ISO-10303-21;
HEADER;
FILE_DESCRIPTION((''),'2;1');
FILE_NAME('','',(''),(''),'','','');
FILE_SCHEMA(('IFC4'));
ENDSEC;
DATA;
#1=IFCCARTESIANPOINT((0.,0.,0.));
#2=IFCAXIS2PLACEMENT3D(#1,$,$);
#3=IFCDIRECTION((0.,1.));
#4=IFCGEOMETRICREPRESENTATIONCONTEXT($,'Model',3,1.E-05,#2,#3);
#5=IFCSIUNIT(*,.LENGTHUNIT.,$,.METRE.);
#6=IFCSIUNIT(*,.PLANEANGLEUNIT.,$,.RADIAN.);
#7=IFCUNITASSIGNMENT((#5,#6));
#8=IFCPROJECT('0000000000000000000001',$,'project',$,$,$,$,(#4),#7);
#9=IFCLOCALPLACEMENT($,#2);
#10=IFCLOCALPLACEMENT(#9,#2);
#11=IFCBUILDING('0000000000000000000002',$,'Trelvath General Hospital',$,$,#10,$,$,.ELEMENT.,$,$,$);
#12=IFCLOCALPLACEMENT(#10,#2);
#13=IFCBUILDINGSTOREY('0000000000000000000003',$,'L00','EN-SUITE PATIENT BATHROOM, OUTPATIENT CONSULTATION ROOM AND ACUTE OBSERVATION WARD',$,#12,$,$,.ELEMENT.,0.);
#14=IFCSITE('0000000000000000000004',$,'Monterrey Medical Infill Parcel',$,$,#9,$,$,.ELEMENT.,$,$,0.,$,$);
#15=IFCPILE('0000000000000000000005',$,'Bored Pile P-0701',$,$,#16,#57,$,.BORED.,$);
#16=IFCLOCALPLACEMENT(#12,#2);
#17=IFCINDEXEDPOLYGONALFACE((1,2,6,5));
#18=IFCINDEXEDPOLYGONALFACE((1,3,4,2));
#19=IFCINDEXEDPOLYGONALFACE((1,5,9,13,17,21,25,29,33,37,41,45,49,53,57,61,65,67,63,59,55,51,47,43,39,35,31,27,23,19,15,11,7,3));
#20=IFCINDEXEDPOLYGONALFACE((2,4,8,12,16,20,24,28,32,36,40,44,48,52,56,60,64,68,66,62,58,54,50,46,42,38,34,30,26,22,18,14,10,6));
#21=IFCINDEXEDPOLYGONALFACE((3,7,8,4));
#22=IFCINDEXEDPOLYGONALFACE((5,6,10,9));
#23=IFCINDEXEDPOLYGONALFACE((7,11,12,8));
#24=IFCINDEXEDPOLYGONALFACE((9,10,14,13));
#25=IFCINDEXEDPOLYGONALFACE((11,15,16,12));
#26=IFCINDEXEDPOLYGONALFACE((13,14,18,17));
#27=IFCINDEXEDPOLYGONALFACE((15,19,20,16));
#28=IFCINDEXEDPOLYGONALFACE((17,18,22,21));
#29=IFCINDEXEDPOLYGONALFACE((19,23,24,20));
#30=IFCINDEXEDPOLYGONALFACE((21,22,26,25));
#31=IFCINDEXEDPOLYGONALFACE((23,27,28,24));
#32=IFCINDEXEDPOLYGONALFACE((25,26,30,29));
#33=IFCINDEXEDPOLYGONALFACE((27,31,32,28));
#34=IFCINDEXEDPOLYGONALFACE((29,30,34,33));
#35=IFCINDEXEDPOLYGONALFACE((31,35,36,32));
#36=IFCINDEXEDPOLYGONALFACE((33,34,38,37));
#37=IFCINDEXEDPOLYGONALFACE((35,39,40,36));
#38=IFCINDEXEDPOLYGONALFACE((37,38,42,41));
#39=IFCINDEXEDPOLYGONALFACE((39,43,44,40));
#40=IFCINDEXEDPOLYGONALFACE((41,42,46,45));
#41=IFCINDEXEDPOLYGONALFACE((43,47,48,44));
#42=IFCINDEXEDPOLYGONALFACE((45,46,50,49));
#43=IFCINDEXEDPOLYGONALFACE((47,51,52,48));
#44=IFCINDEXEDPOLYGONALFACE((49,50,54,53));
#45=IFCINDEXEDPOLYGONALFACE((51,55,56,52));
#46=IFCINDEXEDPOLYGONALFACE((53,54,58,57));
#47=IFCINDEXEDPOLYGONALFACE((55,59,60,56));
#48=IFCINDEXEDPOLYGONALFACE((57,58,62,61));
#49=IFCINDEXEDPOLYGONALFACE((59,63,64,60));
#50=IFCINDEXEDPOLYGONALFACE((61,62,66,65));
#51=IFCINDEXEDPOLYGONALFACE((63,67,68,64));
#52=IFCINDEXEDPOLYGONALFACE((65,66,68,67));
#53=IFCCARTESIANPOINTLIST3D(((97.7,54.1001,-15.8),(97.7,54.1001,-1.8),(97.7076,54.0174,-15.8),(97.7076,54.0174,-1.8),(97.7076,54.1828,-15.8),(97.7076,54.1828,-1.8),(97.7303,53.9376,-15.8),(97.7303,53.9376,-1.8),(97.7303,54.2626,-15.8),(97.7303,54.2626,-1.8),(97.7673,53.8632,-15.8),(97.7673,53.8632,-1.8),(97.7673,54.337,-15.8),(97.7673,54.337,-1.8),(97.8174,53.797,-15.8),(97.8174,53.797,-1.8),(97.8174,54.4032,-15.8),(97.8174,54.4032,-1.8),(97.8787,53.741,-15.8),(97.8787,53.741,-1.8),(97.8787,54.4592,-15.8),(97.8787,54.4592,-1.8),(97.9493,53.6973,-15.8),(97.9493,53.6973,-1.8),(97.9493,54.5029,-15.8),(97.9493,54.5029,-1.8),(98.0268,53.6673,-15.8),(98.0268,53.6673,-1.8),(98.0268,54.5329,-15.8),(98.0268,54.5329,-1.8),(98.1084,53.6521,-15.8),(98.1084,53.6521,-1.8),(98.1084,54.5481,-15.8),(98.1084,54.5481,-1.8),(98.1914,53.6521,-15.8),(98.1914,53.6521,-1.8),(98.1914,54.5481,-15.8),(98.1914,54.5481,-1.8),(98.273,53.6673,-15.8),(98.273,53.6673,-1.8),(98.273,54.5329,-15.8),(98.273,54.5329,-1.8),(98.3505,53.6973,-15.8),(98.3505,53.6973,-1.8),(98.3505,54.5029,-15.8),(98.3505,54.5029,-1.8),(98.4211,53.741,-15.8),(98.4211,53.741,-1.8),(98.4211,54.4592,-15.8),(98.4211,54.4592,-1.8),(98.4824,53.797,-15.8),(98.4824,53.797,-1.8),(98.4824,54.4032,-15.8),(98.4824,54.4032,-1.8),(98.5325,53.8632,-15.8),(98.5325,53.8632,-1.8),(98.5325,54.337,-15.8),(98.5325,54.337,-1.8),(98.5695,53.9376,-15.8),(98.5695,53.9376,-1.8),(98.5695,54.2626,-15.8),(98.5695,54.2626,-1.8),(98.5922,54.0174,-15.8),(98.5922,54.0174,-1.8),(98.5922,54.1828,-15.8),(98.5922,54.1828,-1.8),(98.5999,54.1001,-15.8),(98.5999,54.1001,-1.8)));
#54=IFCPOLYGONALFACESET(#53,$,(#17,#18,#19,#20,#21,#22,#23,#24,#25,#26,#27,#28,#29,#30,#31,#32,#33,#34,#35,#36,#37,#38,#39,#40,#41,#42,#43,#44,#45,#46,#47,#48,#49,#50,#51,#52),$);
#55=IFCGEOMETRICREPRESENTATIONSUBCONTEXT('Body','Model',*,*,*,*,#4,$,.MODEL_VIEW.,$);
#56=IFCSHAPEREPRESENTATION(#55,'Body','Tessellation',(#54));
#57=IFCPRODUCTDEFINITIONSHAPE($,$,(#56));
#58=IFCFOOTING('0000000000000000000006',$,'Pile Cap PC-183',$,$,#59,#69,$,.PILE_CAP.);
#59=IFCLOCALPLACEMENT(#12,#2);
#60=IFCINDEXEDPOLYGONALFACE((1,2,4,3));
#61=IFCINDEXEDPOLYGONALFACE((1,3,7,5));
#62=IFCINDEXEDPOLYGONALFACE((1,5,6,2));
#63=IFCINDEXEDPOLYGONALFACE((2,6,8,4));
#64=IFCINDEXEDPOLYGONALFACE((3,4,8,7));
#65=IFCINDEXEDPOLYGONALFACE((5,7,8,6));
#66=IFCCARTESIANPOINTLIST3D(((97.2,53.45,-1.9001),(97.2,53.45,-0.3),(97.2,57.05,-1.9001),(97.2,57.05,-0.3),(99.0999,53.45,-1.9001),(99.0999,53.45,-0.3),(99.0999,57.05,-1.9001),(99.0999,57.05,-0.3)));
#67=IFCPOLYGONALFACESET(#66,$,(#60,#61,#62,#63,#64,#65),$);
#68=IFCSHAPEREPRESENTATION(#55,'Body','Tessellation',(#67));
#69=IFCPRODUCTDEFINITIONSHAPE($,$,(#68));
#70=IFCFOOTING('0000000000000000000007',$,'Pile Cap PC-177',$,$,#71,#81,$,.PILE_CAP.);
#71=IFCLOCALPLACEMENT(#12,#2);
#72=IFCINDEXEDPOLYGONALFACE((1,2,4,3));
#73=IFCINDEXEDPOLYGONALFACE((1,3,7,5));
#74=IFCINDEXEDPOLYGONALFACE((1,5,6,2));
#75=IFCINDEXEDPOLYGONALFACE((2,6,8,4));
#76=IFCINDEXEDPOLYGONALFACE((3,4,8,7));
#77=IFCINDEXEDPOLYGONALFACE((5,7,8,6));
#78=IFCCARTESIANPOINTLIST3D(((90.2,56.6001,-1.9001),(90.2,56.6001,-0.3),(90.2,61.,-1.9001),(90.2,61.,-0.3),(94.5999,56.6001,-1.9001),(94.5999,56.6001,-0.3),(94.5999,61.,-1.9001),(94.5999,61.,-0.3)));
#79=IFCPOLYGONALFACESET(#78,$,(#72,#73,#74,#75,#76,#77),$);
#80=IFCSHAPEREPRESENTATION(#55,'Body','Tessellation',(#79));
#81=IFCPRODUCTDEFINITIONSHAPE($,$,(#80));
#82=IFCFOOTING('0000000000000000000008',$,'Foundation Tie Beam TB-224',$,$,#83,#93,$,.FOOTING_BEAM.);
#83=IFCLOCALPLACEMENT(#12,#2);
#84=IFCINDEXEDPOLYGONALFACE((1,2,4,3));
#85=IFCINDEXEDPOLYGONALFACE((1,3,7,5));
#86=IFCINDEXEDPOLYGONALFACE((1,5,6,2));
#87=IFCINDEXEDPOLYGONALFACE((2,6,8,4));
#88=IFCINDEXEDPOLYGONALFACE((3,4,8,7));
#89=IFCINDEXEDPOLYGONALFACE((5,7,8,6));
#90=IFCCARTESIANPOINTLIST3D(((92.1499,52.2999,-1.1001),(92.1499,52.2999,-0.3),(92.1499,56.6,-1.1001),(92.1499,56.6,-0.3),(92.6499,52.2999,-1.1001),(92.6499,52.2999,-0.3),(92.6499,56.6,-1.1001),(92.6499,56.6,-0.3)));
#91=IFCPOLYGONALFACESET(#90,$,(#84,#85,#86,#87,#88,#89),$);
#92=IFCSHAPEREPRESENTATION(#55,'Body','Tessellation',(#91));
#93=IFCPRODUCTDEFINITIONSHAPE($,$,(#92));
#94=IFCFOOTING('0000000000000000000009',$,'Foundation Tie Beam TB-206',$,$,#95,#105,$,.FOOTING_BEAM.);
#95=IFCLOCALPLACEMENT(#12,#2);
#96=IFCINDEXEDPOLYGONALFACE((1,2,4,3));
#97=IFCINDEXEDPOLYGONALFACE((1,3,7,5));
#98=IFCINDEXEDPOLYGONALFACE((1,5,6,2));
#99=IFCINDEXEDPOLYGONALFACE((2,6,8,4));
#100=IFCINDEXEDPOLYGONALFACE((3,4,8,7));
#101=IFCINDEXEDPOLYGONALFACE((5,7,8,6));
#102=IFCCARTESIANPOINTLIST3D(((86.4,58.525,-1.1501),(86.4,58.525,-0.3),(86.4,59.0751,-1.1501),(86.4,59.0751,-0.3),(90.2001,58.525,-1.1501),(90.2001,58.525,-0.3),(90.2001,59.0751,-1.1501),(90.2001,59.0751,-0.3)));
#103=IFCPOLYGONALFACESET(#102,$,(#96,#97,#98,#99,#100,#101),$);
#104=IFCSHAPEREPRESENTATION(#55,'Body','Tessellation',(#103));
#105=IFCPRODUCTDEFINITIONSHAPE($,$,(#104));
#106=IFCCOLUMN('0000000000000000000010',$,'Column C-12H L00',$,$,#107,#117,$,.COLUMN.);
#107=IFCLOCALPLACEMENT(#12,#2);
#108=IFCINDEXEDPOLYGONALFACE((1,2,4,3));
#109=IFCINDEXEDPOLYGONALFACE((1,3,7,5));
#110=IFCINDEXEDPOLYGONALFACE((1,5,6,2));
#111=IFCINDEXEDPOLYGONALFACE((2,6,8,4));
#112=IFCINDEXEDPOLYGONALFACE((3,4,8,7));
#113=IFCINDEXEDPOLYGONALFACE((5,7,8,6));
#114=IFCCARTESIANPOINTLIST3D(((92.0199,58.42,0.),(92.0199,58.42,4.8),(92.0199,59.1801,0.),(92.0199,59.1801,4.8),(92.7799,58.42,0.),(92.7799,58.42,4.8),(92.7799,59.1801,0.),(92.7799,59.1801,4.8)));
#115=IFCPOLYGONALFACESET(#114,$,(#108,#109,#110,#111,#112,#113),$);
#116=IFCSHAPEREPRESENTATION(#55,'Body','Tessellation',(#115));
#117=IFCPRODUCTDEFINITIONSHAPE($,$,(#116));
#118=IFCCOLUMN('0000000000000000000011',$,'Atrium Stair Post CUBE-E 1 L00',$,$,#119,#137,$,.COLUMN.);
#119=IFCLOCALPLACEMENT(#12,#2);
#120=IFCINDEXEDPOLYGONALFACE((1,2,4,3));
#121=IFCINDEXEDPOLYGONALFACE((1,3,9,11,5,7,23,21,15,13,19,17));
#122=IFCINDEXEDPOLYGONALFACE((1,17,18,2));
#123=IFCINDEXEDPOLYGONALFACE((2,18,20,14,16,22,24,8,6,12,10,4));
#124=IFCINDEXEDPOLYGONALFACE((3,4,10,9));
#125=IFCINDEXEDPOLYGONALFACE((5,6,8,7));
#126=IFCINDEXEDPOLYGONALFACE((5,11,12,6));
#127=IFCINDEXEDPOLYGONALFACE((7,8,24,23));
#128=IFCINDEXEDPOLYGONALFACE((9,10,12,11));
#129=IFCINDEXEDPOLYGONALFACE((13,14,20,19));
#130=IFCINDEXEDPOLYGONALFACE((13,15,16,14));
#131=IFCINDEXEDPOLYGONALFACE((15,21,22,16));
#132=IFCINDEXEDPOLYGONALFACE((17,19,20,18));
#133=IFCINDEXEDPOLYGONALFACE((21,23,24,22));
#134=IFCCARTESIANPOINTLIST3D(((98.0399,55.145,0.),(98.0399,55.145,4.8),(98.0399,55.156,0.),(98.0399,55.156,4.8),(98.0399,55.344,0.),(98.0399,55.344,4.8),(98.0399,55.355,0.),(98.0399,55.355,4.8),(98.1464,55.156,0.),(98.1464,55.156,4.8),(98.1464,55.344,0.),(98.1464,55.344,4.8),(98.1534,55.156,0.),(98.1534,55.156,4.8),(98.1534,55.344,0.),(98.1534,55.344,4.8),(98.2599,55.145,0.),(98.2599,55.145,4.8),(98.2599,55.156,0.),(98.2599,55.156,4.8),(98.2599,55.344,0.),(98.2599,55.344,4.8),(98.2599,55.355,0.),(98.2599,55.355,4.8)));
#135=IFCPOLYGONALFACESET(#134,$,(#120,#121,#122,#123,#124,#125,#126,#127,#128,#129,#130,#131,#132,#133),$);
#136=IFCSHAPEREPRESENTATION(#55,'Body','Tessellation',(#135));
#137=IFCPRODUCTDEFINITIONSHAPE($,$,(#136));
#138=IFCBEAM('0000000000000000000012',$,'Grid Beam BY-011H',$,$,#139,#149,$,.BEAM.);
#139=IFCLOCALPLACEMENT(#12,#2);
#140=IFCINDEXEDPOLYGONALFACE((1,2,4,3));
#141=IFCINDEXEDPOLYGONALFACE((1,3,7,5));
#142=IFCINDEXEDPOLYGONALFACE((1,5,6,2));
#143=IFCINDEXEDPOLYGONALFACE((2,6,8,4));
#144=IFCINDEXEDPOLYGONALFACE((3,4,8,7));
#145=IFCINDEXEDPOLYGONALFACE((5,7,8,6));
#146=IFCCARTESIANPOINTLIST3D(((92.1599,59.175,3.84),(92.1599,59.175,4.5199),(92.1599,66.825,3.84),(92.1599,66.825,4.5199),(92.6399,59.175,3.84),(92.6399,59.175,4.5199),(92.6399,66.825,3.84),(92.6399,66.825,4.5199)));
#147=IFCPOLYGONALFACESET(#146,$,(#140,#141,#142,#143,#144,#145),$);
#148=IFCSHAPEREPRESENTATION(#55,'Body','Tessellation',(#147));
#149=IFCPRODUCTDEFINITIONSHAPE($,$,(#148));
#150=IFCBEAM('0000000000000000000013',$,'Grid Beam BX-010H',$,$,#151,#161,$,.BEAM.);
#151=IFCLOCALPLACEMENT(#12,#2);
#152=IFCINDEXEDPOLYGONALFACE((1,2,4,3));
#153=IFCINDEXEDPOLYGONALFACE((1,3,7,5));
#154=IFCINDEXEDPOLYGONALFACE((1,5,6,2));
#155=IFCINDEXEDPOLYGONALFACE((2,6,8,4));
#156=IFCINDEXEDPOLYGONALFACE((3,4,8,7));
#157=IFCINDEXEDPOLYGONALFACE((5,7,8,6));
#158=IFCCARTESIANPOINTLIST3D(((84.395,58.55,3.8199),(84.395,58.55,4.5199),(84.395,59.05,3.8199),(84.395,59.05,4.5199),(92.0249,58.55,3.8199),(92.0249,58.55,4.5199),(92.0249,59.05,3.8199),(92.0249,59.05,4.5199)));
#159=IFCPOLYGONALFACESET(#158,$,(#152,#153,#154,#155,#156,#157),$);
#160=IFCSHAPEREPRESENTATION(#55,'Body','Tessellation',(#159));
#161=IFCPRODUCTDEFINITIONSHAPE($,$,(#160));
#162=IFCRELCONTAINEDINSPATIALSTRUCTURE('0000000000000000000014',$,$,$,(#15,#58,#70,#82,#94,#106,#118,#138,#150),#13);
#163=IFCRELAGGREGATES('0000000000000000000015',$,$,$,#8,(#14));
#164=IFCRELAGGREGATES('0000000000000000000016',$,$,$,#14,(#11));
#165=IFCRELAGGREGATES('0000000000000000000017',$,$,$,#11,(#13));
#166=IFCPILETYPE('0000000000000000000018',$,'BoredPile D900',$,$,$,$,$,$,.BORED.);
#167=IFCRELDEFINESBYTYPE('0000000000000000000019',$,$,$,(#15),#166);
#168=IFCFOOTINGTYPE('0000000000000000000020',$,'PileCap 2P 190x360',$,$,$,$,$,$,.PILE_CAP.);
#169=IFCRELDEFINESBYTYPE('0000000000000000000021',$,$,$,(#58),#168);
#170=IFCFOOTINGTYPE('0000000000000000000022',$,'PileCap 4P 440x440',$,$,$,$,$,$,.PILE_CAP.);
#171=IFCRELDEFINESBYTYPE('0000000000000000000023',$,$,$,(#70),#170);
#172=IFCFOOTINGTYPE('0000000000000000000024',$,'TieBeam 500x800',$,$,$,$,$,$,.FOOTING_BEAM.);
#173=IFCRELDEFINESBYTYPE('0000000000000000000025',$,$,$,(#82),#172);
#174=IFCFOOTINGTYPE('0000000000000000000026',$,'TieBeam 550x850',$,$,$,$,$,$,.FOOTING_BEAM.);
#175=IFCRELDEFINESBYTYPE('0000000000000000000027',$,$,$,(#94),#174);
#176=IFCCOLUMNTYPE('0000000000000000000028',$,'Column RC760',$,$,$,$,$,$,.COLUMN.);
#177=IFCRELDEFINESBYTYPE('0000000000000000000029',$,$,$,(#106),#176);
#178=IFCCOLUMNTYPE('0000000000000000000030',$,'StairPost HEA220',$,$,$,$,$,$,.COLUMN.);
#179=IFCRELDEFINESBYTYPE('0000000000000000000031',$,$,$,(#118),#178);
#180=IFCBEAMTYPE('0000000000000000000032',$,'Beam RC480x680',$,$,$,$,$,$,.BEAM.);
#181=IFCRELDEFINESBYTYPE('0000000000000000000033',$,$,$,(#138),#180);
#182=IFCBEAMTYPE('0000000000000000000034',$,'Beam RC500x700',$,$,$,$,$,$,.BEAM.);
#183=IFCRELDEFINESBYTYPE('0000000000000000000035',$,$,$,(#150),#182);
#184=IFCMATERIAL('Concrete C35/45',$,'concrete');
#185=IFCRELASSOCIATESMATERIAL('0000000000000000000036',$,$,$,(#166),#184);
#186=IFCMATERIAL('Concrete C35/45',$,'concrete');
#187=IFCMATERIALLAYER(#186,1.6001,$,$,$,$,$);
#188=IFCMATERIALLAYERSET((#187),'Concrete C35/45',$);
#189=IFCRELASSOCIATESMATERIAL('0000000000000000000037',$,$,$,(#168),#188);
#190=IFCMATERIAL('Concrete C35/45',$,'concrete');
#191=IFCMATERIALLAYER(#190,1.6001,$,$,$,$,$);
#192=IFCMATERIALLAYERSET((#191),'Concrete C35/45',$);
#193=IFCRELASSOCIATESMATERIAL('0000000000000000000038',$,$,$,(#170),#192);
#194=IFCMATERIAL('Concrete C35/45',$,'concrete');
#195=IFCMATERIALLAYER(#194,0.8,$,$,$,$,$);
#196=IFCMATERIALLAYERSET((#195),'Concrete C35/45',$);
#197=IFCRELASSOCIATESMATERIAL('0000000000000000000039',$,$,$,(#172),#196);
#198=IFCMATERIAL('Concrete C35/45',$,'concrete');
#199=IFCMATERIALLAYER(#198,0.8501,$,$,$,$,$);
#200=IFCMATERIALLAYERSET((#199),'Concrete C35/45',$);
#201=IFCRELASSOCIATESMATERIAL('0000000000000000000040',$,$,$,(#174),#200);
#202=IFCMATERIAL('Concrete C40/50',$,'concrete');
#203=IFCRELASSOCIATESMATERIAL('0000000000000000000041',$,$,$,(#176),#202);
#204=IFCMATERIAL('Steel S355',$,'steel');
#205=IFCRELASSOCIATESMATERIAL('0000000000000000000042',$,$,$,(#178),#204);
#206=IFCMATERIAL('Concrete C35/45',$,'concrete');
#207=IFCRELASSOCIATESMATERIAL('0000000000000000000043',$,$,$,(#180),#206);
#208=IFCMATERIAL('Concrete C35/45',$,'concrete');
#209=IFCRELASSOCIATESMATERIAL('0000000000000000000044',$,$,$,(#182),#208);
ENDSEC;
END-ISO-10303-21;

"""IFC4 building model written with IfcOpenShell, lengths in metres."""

from ifc_helpers import new_model, si_unit, direction, frame, origin, origin_2d, place, context, subcontext, project, spatial, rectangle, circle, i_section, extrude, material, layer, layer_set, material_profile, profile_set, type_object, element, save


model = new_model("IFC4")

# Units and contexts
model_context = context("Model", 3, precision=1e-05, world=origin(), true_north=direction((0.0, 1.0)))
body_context = subcontext(model_context, "Body", "Model", "MODEL_VIEW")
ifc_project = project(units=[si_unit("LENGTHUNIT", "METRE"), si_unit("PLANEANGLEUNIT", "RADIAN")], contexts=[model_context])

# Site, building, storey
site_placement = place(None, origin())
site = spatial("IfcSite", under=ifc_project, at=site_placement, Name="Monterrey Medical Infill Parcel", CompositionType="ELEMENT", RefElevation=0.0)
building_placement = place(site_placement, origin())
building = spatial("IfcBuilding", under=site, at=building_placement, Name="Trelvath General Hospital", CompositionType="ELEMENT")
storey_placement = place(building_placement, origin())
storey = spatial("IfcBuildingStorey", under=building, at=storey_placement, Name="L00", Description="EN-SUITE PATIENT BATHROOM, OUTPATIENT CONSULTATION ROOM AND ACUTE OBSERVATION WARD", CompositionType="ELEMENT", Elevation=0.0)

# Pile
ifc_material_1 = material(Name="Concrete C35/45", Category="concrete")
ifc_material_profile_1 = material_profile(ifc_material_1, circle(Radius=0.45, at=origin_2d()), Name="PILE900")
ifc_profile_set_1 = profile_set([ifc_material_profile_1], Name="Concrete C35/45")
pile_type_1 = type_object("IfcPileType", Name="BoredPile D900", PredefinedType="BORED", material=ifc_profile_set_1)
for number, where, z_axis, x_axis, name in (
    (1, (98.1499, 54.1001, -1.8), (0.0, 0.0, -1.0), (1.0, 0.0, 0.0), "Bored Pile P-0701"),
):
    element("IfcPile", number, at=place(storey_placement, frame(where, z_axis=z_axis, x_axis=x_axis)), inside=storey, type_object=pile_type_1, Name=name, PredefinedType="BORED", context=body_context, shape_type="SweptSolid", body=[
        extrude(circle(Radius=0.45, at=origin_2d()), origin(), (0.0, 0.0, 1.0), 14.0),
    ])

# Footings
ifc_material_2 = material(Name="Concrete C35/45", Category="concrete")
ifc_layer_1 = layer(ifc_material_2, 1.6001)
ifc_layer_set_1 = layer_set([ifc_layer_1], Name="Concrete C35/45")
footing_type_1 = type_object("IfcFootingType", Name="PileCap 2P 190x360", PredefinedType="PILE_CAP", material=ifc_layer_set_1)
footing_1_placement = place(storey_placement, frame((98.1499, 55.25, -1.9001), z_axis=(0.0, 0.0, 1.0), x_axis=(1.0, 0.0, 0.0)))
element("IfcFooting", 2, at=footing_1_placement, inside=storey, type_object=footing_type_1, Name="Pile Cap PC-183", PredefinedType="PILE_CAP", context=body_context, shape_type="SweptSolid", body=[
    extrude(rectangle(XDim=1.8999, YDim=3.6001, at=origin_2d()), origin(), (0.0, 0.0, 1.0), 1.6001),
])
ifc_material_3 = material(Name="Concrete C35/45", Category="concrete")
ifc_layer_2 = layer(ifc_material_3, 1.6001)
ifc_layer_set_2 = layer_set([ifc_layer_2], Name="Concrete C35/45")
footing_type_2 = type_object("IfcFootingType", Name="PileCap 4P 440x440", PredefinedType="PILE_CAP", material=ifc_layer_set_2)
footing_2_placement = place(storey_placement, frame((92.3999, 58.8, -1.9001), z_axis=(0.0, 0.0, 1.0), x_axis=(1.0, 0.0, 0.0)))
element("IfcFooting", 3, at=footing_2_placement, inside=storey, type_object=footing_type_2, Name="Pile Cap PC-177", PredefinedType="PILE_CAP", context=body_context, shape_type="SweptSolid", body=[
    extrude(rectangle(XDim=4.3999, YDim=4.3999, at=origin_2d()), origin(), (0.0, 0.0, 1.0), 1.6001),
])
ifc_material_4 = material(Name="Concrete C35/45", Category="concrete")
ifc_layer_3 = layer(ifc_material_4, 0.8)
ifc_layer_set_3 = layer_set([ifc_layer_3], Name="Concrete C35/45")
footing_type_3 = type_object("IfcFootingType", Name="TieBeam 500x800", PredefinedType="FOOTING_BEAM", material=ifc_layer_set_3)
footing_3_placement = place(storey_placement, frame((92.3999, 54.45, -1.1001), z_axis=(0.0, 0.0, 1.0), x_axis=(1.0, 0.0, 0.0)))
element("IfcFooting", 4, at=footing_3_placement, inside=storey, type_object=footing_type_3, Name="Foundation Tie Beam TB-224", PredefinedType="FOOTING_BEAM", context=body_context, shape_type="SweptSolid", body=[
    extrude(rectangle(XDim=0.5, YDim=4.3, at=origin_2d()), origin(), (0.0, 0.0, 1.0), 0.8),
])
ifc_material_5 = material(Name="Concrete C35/45", Category="concrete")
ifc_layer_4 = layer(ifc_material_5, 0.8501)
ifc_layer_set_4 = layer_set([ifc_layer_4], Name="Concrete C35/45")
footing_type_4 = type_object("IfcFootingType", Name="TieBeam 550x850", PredefinedType="FOOTING_BEAM", material=ifc_layer_set_4)
footing_4_placement = place(storey_placement, frame((88.3, 58.8, -1.1501), z_axis=(0.0, 0.0, 1.0), x_axis=(1.0, 0.0, 0.0)))
element("IfcFooting", 5, at=footing_4_placement, inside=storey, type_object=footing_type_4, Name="Foundation Tie Beam TB-206", PredefinedType="FOOTING_BEAM", context=body_context, shape_type="SweptSolid", body=[
    extrude(rectangle(XDim=3.8, YDim=0.55, at=origin_2d()), origin(), (0.0, 0.0, 1.0), 0.8501),
])

# Columns
ifc_material_6 = material(Name="Concrete C40/50", Category="concrete")
ifc_material_profile_2 = material_profile(ifc_material_6, rectangle(XDim=0.76, YDim=0.76, at=origin_2d()), Name="RC760x760")
ifc_profile_set_2 = profile_set([ifc_material_profile_2], Name="Concrete C40/50")
column_type_1 = type_object("IfcColumnType", Name="Column RC760", PredefinedType="COLUMN", material=ifc_profile_set_2)
column_1_placement = place(storey_placement, frame((92.3999, 58.8, 0.0), z_axis=(0.0, 0.0, 1.0), x_axis=(1.0, 0.0, 0.0)))
element("IfcColumn", 6, at=column_1_placement, inside=storey, type_object=column_type_1, Name="Column C-12H L00", PredefinedType="COLUMN", context=body_context, shape_type="SweptSolid", body=[
    extrude(rectangle(XDim=0.76, YDim=0.76, at=origin_2d()), origin(), (0.0, 0.0, 1.0), 4.8),
])
ifc_material_7 = material(Name="Steel S355", Category="steel")
ifc_material_profile_3 = material_profile(ifc_material_7, i_section(OverallWidth=0.22, OverallDepth=0.21, WebThickness=0.0071, FlangeThickness=0.011, at=origin_2d()), Name="HEA220")
ifc_profile_set_3 = profile_set([ifc_material_profile_3], Name="Steel S355")
column_type_2 = type_object("IfcColumnType", Name="StairPost HEA220", PredefinedType="COLUMN", material=ifc_profile_set_3)
column_2_placement = place(storey_placement, frame((98.1499, 55.25, 0.0), z_axis=(0.0, 0.0, 1.0), x_axis=(1.0, 0.0, 0.0)))
element("IfcColumn", 7, at=column_2_placement, inside=storey, type_object=column_type_2, Name="Atrium Stair Post CUBE-E 1 L00", PredefinedType="COLUMN", context=body_context, shape_type="SweptSolid", body=[
    extrude(i_section(OverallWidth=0.22, OverallDepth=0.21, WebThickness=0.0071, FlangeThickness=0.011, at=origin_2d()), origin(), (0.0, 0.0, 1.0), 4.8),
])

# Beams
ifc_material_8 = material(Name="Concrete C35/45", Category="concrete")
ifc_material_profile_4 = material_profile(ifc_material_8, rectangle(XDim=0.48, YDim=0.6799, at=origin_2d()), Name="RCB480x680")
ifc_profile_set_4 = profile_set([ifc_material_profile_4], Name="Concrete C35/45")
beam_type_1 = type_object("IfcBeamType", Name="Beam RC480x680", PredefinedType="BEAM", material=ifc_profile_set_4)
beam_1_placement = place(storey_placement, frame((92.3999, 59.175, 4.1799), z_axis=(0.0, 1.0, 0.0), x_axis=(-1.0, 0.0, 0.0)))
element("IfcBeam", 8, at=beam_1_placement, inside=storey, type_object=beam_type_1, Name="Grid Beam BY-011H", PredefinedType="BEAM", context=body_context, shape_type="SweptSolid", body=[
    extrude(rectangle(XDim=0.48, YDim=0.6799, at=origin_2d()), origin(), (0.0, 0.0, 1.0), 7.6499),
])
ifc_material_9 = material(Name="Concrete C35/45", Category="concrete")
ifc_material_profile_5 = material_profile(ifc_material_9, rectangle(XDim=0.5, YDim=0.7, at=origin_2d()), Name="RCB500x700")
ifc_profile_set_5 = profile_set([ifc_material_profile_5], Name="Concrete C35/45")
beam_type_2 = type_object("IfcBeamType", Name="Beam RC500x700", PredefinedType="BEAM", material=ifc_profile_set_5)
beam_2_placement = place(storey_placement, frame((84.395, 58.8, 4.1699), z_axis=(1.0, 0.0, 0.0), x_axis=(0.0, 1.0, 0.0)))
element("IfcBeam", 9, at=beam_2_placement, inside=storey, type_object=beam_type_2, Name="Grid Beam BX-010H", PredefinedType="BEAM", context=body_context, shape_type="SweptSolid", body=[
    extrude(rectangle(XDim=0.5, YDim=0.7, at=origin_2d()), origin(), (0.0, 0.0, 1.0), 7.6299),
])

save(model, "model.ifc")
